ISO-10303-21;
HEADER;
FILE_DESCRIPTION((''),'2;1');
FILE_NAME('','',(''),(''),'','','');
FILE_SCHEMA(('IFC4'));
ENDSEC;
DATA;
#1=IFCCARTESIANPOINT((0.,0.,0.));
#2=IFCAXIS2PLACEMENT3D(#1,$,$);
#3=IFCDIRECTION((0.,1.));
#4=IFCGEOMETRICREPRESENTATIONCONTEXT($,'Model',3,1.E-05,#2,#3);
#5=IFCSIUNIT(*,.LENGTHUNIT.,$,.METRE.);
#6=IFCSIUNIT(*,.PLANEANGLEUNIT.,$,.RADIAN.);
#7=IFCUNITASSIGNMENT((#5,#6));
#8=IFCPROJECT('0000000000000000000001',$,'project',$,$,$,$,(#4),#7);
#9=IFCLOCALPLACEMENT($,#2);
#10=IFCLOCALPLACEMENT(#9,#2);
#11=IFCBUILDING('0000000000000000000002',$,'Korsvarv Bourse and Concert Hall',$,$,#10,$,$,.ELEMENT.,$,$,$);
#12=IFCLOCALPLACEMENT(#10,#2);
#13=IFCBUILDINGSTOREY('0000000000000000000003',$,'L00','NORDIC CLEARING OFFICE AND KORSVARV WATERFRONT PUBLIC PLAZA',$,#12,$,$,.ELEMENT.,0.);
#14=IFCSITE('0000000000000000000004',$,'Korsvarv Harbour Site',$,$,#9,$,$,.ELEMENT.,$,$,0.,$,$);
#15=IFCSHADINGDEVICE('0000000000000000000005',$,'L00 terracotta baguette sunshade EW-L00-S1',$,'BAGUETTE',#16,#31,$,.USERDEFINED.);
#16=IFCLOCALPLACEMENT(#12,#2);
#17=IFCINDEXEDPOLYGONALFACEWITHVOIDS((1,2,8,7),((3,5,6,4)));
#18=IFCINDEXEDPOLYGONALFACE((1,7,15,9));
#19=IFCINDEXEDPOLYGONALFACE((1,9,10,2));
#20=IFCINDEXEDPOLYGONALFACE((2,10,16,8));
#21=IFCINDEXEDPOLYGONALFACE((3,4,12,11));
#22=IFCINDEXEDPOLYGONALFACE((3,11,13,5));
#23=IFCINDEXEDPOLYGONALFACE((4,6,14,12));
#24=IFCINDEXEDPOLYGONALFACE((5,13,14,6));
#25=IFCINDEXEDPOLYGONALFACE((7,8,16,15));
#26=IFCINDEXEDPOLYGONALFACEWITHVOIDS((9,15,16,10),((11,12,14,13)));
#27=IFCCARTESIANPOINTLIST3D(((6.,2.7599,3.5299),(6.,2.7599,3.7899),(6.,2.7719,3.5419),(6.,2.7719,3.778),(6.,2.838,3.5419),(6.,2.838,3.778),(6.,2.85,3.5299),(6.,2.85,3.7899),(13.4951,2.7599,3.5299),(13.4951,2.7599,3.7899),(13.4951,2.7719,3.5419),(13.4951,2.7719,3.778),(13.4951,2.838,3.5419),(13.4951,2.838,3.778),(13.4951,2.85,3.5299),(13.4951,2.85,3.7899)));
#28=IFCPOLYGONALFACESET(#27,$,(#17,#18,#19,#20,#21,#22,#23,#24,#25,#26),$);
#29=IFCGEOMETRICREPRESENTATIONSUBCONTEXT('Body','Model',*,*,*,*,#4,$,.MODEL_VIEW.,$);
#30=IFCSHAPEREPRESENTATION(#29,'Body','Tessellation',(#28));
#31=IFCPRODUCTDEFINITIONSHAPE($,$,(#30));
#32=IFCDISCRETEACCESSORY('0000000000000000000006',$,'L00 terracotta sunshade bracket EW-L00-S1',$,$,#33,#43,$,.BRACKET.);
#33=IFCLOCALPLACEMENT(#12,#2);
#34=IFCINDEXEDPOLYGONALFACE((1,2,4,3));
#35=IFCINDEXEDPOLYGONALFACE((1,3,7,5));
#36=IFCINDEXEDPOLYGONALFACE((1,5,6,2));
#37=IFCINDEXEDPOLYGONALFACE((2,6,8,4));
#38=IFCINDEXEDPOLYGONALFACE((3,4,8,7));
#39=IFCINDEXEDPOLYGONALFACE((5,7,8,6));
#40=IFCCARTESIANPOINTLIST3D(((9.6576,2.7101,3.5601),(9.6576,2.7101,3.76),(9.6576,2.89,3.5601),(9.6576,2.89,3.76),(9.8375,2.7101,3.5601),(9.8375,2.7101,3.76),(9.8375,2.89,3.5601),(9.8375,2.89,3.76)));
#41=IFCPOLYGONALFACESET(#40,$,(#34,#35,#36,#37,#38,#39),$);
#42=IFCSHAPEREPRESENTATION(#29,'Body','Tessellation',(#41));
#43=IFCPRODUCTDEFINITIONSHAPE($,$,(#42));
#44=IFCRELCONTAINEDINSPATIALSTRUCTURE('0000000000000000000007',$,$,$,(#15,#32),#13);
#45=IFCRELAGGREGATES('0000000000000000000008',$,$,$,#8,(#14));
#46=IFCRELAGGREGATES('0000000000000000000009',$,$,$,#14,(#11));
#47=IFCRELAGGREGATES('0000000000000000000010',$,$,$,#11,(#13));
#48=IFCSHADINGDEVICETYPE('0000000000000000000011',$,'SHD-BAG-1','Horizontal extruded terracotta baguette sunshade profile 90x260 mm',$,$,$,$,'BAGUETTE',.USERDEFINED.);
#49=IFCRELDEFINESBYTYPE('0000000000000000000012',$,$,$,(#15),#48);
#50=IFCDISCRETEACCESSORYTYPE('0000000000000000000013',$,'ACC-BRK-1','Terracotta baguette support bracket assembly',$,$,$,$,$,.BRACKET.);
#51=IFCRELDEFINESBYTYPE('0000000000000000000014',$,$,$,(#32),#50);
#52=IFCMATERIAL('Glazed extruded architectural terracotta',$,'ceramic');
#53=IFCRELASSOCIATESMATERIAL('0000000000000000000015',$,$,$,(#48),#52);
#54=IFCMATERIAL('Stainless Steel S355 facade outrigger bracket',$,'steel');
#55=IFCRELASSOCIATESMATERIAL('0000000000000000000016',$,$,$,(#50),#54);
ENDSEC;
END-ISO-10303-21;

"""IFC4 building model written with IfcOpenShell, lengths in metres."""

from ifc_helpers import new_model, si_unit, direction, frame, origin, origin_2d, place, context, subcontext, project, spatial, rectangle, hollow_rectangle, extrude, source, transform, mapped, material, material_profile, profile_set, type_object, element, save


model = new_model("IFC4")

# Units and contexts
model_context = context("Model", 3, precision=1e-05, world=origin(), true_north=direction((0.0, 1.0)))
body_context = subcontext(model_context, "Body", "Model", "MODEL_VIEW")
ifc_project = project(units=[si_unit("LENGTHUNIT", "METRE"), si_unit("PLANEANGLEUNIT", "RADIAN")], contexts=[model_context])

# Site, building, storey
site_placement = place(None, origin())
site = spatial("IfcSite", under=ifc_project, at=site_placement, Name="Korsvarv Harbour Site", CompositionType="ELEMENT", RefElevation=0.0)
building_placement = place(site_placement, origin())
building = spatial("IfcBuilding", under=site, at=building_placement, Name="Korsvarv Bourse and Concert Hall", CompositionType="ELEMENT")
storey_placement = place(building_placement, origin())
storey = spatial("IfcBuildingStorey", under=building, at=storey_placement, Name="L00", Description="NORDIC CLEARING OFFICE AND KORSVARV WATERFRONT PUBLIC PLAZA", CompositionType="ELEMENT", Elevation=0.0)

# Shading device
ifc_material_1 = material(Name="Glazed extruded architectural terracotta", Category="ceramic")
ifc_material_profile_1 = material_profile(ifc_material_1, hollow_rectangle(XDim=0.0901, YDim=0.26, WallThickness=0.012, at=origin_2d()), Name="TC-BAG 90x260")
ifc_profile_set_1 = profile_set([ifc_material_profile_1], Name="Glazed extruded architectural terracotta")
shading_device_type = type_object("IfcShadingDeviceType", Name="SHD-BAG-1", Description="Horizontal extruded terracotta baguette sunshade profile 90x260 mm", ElementType="BAGUETTE", PredefinedType="USERDEFINED", material=ifc_profile_set_1)
shared_shape_1 = source(origin(), body_context, "Body", "SweptSolid", [
    extrude(hollow_rectangle(XDim=0.0901, YDim=0.26, WallThickness=0.012, at=origin_2d()), origin(), (0.0, 0.0, 1.0), 7.4951),
])
shading_device_placement = place(storey_placement, frame((6.0, 2.8049, 3.6599), z_axis=(1.0, 0.0, 0.0), x_axis=(0.0, 1.0, 0.0)))
element("IfcShadingDevice", 1, at=shading_device_placement, inside=storey, type_object=shading_device_type, Name="L00 terracotta baguette sunshade EW-L00-S1", ObjectType="BAGUETTE", PredefinedType="USERDEFINED", context=body_context, shape_type="MappedRepresentation", body=[
    mapped(shared_shape_1, transform((0.0, 0.0, 0.0), scale=1.0)),
])

# Discrete accessory
ifc_material_2 = material(Name="Stainless Steel S355 facade outrigger bracket", Category="steel")
discrete_accessory_type = type_object("IfcDiscreteAccessoryType", Name="ACC-BRK-1", Description="Terracotta baguette support bracket assembly", PredefinedType="BRACKET", material=ifc_material_2)
shared_shape_2 = source(origin(), body_context, "Body", "SweptSolid", [
    extrude(rectangle(XDim=0.1799, YDim=0.1799, at=origin_2d()), origin(), (0.0, 0.0, 1.0), 0.2),
])
discrete_accessory_placement = place(storey_placement, frame((9.7476, 2.8, 3.5601), z_axis=(0.0, 0.0, 1.0), x_axis=(1.0, 0.0, 0.0)))
element("IfcDiscreteAccessory", 2, at=discrete_accessory_placement, inside=storey, type_object=discrete_accessory_type, Name="L00 terracotta sunshade bracket EW-L00-S1", PredefinedType="BRACKET", context=body_context, shape_type="MappedRepresentation", body=[
    mapped(shared_shape_2, transform((0.0, 0.0, 0.0), scale=1.0)),
])

save(model, "model.ifc")
